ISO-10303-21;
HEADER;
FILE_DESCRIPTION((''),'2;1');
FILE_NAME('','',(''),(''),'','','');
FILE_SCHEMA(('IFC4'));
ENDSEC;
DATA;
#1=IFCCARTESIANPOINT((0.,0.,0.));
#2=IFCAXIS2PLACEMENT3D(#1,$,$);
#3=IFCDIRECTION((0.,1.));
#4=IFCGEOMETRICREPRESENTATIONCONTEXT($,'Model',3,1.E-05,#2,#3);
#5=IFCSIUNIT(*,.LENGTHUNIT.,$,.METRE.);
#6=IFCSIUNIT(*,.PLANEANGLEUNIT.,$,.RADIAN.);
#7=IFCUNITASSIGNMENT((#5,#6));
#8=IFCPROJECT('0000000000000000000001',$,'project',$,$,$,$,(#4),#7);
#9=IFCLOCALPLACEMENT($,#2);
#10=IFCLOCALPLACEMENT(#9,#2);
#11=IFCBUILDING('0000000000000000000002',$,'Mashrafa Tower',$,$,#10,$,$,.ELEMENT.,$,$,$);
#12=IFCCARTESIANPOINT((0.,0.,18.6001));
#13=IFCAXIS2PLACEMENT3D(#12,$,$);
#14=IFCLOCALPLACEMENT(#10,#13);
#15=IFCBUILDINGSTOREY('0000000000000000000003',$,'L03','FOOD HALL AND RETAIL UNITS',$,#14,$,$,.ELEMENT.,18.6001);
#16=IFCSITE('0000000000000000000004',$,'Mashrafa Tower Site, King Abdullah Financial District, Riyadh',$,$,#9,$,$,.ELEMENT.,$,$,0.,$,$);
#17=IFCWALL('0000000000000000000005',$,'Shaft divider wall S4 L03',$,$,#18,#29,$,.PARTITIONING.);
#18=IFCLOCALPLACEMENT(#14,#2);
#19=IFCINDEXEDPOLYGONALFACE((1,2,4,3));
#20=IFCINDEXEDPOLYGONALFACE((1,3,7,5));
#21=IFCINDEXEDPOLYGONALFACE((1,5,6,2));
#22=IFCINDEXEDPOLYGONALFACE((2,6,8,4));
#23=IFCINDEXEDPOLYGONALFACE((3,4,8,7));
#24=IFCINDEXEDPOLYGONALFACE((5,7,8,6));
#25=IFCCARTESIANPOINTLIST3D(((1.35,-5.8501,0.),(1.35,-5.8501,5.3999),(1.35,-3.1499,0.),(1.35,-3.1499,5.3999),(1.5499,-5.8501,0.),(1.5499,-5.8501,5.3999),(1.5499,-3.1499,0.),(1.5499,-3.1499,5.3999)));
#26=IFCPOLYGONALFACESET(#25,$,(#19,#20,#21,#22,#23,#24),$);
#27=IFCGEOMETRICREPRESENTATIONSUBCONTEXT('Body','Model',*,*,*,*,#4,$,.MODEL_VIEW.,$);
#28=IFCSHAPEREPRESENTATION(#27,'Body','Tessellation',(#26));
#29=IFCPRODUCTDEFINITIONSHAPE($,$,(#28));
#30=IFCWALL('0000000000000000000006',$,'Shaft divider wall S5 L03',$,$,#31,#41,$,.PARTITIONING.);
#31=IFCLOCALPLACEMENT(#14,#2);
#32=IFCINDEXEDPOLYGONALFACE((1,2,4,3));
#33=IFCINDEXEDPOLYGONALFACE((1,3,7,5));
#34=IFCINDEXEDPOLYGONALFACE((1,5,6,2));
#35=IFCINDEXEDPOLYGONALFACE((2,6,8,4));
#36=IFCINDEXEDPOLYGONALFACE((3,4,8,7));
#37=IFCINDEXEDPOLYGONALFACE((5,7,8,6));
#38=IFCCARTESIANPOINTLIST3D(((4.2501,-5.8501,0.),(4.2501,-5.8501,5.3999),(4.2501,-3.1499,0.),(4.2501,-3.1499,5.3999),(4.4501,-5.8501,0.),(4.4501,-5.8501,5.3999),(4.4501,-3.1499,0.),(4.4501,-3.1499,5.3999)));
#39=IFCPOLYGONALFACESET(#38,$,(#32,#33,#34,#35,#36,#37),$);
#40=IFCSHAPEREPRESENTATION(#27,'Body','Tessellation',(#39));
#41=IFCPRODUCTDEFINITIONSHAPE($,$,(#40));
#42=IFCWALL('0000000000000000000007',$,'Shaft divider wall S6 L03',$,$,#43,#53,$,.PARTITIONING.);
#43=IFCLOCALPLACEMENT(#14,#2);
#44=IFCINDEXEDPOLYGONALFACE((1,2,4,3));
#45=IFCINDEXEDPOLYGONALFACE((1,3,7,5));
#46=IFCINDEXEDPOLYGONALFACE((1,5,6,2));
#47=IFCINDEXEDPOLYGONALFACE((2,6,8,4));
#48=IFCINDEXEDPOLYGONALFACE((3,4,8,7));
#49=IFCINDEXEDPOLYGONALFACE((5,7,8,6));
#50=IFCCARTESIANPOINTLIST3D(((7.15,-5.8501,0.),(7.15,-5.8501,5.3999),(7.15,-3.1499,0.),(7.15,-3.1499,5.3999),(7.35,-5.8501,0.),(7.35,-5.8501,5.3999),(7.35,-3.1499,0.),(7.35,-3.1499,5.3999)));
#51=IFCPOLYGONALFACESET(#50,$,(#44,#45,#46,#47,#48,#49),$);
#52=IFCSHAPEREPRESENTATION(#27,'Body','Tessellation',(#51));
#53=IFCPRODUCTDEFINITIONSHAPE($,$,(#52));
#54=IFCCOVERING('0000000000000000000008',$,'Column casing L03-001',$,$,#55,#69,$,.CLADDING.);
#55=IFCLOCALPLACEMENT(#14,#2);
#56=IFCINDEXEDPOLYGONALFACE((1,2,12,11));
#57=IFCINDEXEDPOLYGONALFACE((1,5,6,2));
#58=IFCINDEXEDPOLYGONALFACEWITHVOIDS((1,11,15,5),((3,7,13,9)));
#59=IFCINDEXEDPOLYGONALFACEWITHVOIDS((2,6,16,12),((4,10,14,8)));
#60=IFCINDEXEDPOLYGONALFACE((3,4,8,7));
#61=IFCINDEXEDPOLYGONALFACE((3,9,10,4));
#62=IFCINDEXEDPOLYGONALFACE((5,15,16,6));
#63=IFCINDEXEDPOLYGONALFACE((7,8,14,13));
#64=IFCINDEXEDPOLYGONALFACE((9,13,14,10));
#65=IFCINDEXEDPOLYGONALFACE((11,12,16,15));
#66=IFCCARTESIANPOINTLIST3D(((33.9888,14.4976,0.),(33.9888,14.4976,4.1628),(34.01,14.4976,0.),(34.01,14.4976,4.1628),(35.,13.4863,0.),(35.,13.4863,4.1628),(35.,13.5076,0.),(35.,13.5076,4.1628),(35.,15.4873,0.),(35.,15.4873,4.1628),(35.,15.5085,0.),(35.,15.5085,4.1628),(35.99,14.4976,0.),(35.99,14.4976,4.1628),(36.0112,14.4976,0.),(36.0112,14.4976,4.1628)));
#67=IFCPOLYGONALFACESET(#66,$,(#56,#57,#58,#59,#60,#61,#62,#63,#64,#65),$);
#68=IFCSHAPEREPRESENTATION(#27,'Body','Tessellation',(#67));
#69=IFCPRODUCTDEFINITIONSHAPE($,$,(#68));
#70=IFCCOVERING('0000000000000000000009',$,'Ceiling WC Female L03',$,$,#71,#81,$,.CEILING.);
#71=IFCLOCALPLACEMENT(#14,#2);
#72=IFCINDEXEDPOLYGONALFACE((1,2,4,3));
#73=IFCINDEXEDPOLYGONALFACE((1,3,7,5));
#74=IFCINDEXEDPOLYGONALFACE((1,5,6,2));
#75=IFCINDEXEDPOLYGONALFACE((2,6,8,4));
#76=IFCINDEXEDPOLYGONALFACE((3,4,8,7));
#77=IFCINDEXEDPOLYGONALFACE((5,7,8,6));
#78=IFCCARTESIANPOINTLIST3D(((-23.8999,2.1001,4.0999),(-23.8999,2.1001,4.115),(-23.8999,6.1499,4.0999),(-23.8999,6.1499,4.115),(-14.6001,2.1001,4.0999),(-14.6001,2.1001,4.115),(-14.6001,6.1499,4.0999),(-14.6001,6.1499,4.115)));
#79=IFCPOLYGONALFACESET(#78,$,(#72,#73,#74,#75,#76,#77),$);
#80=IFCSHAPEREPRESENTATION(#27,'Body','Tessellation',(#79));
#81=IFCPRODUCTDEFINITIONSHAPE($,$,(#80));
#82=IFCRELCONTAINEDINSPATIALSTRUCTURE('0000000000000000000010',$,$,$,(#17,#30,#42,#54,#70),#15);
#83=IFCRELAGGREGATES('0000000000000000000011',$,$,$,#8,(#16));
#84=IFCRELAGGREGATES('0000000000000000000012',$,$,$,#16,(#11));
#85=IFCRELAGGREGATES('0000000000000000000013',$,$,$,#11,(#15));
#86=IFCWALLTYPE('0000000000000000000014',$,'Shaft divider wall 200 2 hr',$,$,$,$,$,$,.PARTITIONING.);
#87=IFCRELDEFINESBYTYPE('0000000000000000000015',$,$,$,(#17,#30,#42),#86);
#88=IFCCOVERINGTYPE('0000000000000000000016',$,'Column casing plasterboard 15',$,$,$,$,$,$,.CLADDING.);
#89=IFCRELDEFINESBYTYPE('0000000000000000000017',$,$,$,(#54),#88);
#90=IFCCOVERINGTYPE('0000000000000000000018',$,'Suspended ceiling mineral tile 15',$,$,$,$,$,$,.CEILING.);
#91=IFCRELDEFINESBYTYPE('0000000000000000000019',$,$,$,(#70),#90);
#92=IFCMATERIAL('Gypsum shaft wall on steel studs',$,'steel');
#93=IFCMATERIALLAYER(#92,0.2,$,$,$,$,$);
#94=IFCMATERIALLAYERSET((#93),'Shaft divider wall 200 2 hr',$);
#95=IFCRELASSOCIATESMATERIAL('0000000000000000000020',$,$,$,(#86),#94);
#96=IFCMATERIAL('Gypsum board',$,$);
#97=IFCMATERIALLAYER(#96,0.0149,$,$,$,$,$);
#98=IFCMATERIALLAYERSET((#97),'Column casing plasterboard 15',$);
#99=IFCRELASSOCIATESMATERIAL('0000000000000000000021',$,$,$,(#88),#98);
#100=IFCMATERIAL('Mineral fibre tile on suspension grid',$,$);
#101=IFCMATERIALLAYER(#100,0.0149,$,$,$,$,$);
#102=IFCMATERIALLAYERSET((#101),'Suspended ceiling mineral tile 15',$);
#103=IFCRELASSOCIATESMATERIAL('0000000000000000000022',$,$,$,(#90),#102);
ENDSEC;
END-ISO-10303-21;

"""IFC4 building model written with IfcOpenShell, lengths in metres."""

from ifc_helpers import new_model, si_unit, direction, frame, frame_2d, origin, place, context, subcontext, project, spatial, polyline, rectangle, outline, extrude, material, layer, layer_set, type_object, element, save


model = new_model("IFC4")

# Units and contexts
model_context = context("Model", 3, precision=1e-05, world=origin(), true_north=direction((0.0, 1.0)))
body_context = subcontext(model_context, "Body", "Model", "MODEL_VIEW")
ifc_project = project(units=[si_unit("LENGTHUNIT", "METRE"), si_unit("PLANEANGLEUNIT", "RADIAN")], contexts=[model_context])

# Site, building, storey
site_placement = place(None, origin())
site = spatial("IfcSite", under=ifc_project, at=site_placement, Name="Mashrafa Tower Site, King Abdullah Financial District, Riyadh", CompositionType="ELEMENT", RefElevation=0.0)
building_placement = place(site_placement, origin())
building = spatial("IfcBuilding", under=site, at=building_placement, Name="Mashrafa Tower", CompositionType="ELEMENT")
storey_placement = place(building_placement, frame((0.0, 0.0, 18.6001)))
storey = spatial("IfcBuildingStorey", under=building, at=storey_placement, Name="L03", Description="FOOD HALL AND RETAIL UNITS", CompositionType="ELEMENT", Elevation=18.6001)

# Walls
ifc_material_1 = material(Name="Gypsum shaft wall on steel studs", Category="steel")
ifc_layer_1 = layer(ifc_material_1, 0.2)
ifc_layer_set_1 = layer_set([ifc_layer_1], Name="Shaft divider wall 200 2 hr")
wall_type_1 = type_object("IfcWallType", Name="Shaft divider wall 200 2 hr", PredefinedType="PARTITIONING", material=ifc_layer_set_1)
for number, where, z_axis, x_axis, name in (
    (1, (1.45, -5.8501, 0.0), (0.0, 0.0, 1.0), (0.0, 1.0, 0.0), "Shaft divider wall S4 L03"),
    (2, (4.3501, -5.8501, 0.0), (0.0, 0.0, 1.0), (0.0, 1.0, 0.0), "Shaft divider wall S5 L03"),
    (3, (7.25, -5.8501, 0.0), (0.0, 0.0, 1.0), (0.0, 1.0, 0.0), "Shaft divider wall S6 L03"),
):
    element("IfcWall", number, at=place(storey_placement, frame(where, z_axis=z_axis, x_axis=x_axis)), inside=storey, type_object=wall_type_1, Name=name, PredefinedType="PARTITIONING", context=body_context, shape_type="SweptSolid", body=[
        extrude(rectangle(XDim=2.7002, YDim=0.2, at=frame_2d((1.3501, 0.0))), origin(), (0.0, 0.0, 1.0), 5.3999),
    ])

# Coverings
ifc_material_2 = material(Name="Gypsum board")
ifc_layer_2 = layer(ifc_material_2, 0.0149)
ifc_layer_set_2 = layer_set([ifc_layer_2], Name="Column casing plasterboard 15")
covering_type_1 = type_object("IfcCoveringType", Name="Column casing plasterboard 15", PredefinedType="CLADDING", material=ifc_layer_set_2)
covering_1_placement = place(storey_placement, origin())
element("IfcCovering", 4, at=covering_1_placement, inside=storey, type_object=covering_type_1, Name="Column casing L03-001", PredefinedType="CLADDING", context=body_context, shape_type="SweptSolid", body=[
    extrude(outline(polyline([(33.9888, 14.4976), (35.0, 15.5085), (36.0112, 14.4976), (35.0, 13.4863), (33.9888, 14.4976)]), holes=[polyline([(35.99, 14.4976), (35.0, 15.4873), (34.01, 14.4976), (35.0, 13.5076), (35.99, 14.4976)])]), origin(), (0.0, 0.0, 1.0), 4.1628),
])
ifc_material_3 = material(Name="Mineral fibre tile on suspension grid")
ifc_layer_3 = layer(ifc_material_3, 0.0149)
ifc_layer_set_3 = layer_set([ifc_layer_3], Name="Suspended ceiling mineral tile 15")
covering_type_2 = type_object("IfcCoveringType", Name="Suspended ceiling mineral tile 15", PredefinedType="CEILING", material=ifc_layer_set_3)
covering_2_placement = place(storey_placement, frame((0.0, 0.0, 4.0999)))
element("IfcCovering", 5, at=covering_2_placement, inside=storey, type_object=covering_type_2, Name="Ceiling WC Female L03", PredefinedType="CEILING", context=body_context, shape_type="SweptSolid", body=[
    extrude(outline(polyline([(-23.8999, 2.1001), (-23.8999, 6.1499), (-14.6001, 6.1499), (-14.6001, 2.1001), (-23.8999, 2.1001)])), origin(), (0.0, 0.0, 1.0), 0.0151),
])

save(model, "model.ifc")
